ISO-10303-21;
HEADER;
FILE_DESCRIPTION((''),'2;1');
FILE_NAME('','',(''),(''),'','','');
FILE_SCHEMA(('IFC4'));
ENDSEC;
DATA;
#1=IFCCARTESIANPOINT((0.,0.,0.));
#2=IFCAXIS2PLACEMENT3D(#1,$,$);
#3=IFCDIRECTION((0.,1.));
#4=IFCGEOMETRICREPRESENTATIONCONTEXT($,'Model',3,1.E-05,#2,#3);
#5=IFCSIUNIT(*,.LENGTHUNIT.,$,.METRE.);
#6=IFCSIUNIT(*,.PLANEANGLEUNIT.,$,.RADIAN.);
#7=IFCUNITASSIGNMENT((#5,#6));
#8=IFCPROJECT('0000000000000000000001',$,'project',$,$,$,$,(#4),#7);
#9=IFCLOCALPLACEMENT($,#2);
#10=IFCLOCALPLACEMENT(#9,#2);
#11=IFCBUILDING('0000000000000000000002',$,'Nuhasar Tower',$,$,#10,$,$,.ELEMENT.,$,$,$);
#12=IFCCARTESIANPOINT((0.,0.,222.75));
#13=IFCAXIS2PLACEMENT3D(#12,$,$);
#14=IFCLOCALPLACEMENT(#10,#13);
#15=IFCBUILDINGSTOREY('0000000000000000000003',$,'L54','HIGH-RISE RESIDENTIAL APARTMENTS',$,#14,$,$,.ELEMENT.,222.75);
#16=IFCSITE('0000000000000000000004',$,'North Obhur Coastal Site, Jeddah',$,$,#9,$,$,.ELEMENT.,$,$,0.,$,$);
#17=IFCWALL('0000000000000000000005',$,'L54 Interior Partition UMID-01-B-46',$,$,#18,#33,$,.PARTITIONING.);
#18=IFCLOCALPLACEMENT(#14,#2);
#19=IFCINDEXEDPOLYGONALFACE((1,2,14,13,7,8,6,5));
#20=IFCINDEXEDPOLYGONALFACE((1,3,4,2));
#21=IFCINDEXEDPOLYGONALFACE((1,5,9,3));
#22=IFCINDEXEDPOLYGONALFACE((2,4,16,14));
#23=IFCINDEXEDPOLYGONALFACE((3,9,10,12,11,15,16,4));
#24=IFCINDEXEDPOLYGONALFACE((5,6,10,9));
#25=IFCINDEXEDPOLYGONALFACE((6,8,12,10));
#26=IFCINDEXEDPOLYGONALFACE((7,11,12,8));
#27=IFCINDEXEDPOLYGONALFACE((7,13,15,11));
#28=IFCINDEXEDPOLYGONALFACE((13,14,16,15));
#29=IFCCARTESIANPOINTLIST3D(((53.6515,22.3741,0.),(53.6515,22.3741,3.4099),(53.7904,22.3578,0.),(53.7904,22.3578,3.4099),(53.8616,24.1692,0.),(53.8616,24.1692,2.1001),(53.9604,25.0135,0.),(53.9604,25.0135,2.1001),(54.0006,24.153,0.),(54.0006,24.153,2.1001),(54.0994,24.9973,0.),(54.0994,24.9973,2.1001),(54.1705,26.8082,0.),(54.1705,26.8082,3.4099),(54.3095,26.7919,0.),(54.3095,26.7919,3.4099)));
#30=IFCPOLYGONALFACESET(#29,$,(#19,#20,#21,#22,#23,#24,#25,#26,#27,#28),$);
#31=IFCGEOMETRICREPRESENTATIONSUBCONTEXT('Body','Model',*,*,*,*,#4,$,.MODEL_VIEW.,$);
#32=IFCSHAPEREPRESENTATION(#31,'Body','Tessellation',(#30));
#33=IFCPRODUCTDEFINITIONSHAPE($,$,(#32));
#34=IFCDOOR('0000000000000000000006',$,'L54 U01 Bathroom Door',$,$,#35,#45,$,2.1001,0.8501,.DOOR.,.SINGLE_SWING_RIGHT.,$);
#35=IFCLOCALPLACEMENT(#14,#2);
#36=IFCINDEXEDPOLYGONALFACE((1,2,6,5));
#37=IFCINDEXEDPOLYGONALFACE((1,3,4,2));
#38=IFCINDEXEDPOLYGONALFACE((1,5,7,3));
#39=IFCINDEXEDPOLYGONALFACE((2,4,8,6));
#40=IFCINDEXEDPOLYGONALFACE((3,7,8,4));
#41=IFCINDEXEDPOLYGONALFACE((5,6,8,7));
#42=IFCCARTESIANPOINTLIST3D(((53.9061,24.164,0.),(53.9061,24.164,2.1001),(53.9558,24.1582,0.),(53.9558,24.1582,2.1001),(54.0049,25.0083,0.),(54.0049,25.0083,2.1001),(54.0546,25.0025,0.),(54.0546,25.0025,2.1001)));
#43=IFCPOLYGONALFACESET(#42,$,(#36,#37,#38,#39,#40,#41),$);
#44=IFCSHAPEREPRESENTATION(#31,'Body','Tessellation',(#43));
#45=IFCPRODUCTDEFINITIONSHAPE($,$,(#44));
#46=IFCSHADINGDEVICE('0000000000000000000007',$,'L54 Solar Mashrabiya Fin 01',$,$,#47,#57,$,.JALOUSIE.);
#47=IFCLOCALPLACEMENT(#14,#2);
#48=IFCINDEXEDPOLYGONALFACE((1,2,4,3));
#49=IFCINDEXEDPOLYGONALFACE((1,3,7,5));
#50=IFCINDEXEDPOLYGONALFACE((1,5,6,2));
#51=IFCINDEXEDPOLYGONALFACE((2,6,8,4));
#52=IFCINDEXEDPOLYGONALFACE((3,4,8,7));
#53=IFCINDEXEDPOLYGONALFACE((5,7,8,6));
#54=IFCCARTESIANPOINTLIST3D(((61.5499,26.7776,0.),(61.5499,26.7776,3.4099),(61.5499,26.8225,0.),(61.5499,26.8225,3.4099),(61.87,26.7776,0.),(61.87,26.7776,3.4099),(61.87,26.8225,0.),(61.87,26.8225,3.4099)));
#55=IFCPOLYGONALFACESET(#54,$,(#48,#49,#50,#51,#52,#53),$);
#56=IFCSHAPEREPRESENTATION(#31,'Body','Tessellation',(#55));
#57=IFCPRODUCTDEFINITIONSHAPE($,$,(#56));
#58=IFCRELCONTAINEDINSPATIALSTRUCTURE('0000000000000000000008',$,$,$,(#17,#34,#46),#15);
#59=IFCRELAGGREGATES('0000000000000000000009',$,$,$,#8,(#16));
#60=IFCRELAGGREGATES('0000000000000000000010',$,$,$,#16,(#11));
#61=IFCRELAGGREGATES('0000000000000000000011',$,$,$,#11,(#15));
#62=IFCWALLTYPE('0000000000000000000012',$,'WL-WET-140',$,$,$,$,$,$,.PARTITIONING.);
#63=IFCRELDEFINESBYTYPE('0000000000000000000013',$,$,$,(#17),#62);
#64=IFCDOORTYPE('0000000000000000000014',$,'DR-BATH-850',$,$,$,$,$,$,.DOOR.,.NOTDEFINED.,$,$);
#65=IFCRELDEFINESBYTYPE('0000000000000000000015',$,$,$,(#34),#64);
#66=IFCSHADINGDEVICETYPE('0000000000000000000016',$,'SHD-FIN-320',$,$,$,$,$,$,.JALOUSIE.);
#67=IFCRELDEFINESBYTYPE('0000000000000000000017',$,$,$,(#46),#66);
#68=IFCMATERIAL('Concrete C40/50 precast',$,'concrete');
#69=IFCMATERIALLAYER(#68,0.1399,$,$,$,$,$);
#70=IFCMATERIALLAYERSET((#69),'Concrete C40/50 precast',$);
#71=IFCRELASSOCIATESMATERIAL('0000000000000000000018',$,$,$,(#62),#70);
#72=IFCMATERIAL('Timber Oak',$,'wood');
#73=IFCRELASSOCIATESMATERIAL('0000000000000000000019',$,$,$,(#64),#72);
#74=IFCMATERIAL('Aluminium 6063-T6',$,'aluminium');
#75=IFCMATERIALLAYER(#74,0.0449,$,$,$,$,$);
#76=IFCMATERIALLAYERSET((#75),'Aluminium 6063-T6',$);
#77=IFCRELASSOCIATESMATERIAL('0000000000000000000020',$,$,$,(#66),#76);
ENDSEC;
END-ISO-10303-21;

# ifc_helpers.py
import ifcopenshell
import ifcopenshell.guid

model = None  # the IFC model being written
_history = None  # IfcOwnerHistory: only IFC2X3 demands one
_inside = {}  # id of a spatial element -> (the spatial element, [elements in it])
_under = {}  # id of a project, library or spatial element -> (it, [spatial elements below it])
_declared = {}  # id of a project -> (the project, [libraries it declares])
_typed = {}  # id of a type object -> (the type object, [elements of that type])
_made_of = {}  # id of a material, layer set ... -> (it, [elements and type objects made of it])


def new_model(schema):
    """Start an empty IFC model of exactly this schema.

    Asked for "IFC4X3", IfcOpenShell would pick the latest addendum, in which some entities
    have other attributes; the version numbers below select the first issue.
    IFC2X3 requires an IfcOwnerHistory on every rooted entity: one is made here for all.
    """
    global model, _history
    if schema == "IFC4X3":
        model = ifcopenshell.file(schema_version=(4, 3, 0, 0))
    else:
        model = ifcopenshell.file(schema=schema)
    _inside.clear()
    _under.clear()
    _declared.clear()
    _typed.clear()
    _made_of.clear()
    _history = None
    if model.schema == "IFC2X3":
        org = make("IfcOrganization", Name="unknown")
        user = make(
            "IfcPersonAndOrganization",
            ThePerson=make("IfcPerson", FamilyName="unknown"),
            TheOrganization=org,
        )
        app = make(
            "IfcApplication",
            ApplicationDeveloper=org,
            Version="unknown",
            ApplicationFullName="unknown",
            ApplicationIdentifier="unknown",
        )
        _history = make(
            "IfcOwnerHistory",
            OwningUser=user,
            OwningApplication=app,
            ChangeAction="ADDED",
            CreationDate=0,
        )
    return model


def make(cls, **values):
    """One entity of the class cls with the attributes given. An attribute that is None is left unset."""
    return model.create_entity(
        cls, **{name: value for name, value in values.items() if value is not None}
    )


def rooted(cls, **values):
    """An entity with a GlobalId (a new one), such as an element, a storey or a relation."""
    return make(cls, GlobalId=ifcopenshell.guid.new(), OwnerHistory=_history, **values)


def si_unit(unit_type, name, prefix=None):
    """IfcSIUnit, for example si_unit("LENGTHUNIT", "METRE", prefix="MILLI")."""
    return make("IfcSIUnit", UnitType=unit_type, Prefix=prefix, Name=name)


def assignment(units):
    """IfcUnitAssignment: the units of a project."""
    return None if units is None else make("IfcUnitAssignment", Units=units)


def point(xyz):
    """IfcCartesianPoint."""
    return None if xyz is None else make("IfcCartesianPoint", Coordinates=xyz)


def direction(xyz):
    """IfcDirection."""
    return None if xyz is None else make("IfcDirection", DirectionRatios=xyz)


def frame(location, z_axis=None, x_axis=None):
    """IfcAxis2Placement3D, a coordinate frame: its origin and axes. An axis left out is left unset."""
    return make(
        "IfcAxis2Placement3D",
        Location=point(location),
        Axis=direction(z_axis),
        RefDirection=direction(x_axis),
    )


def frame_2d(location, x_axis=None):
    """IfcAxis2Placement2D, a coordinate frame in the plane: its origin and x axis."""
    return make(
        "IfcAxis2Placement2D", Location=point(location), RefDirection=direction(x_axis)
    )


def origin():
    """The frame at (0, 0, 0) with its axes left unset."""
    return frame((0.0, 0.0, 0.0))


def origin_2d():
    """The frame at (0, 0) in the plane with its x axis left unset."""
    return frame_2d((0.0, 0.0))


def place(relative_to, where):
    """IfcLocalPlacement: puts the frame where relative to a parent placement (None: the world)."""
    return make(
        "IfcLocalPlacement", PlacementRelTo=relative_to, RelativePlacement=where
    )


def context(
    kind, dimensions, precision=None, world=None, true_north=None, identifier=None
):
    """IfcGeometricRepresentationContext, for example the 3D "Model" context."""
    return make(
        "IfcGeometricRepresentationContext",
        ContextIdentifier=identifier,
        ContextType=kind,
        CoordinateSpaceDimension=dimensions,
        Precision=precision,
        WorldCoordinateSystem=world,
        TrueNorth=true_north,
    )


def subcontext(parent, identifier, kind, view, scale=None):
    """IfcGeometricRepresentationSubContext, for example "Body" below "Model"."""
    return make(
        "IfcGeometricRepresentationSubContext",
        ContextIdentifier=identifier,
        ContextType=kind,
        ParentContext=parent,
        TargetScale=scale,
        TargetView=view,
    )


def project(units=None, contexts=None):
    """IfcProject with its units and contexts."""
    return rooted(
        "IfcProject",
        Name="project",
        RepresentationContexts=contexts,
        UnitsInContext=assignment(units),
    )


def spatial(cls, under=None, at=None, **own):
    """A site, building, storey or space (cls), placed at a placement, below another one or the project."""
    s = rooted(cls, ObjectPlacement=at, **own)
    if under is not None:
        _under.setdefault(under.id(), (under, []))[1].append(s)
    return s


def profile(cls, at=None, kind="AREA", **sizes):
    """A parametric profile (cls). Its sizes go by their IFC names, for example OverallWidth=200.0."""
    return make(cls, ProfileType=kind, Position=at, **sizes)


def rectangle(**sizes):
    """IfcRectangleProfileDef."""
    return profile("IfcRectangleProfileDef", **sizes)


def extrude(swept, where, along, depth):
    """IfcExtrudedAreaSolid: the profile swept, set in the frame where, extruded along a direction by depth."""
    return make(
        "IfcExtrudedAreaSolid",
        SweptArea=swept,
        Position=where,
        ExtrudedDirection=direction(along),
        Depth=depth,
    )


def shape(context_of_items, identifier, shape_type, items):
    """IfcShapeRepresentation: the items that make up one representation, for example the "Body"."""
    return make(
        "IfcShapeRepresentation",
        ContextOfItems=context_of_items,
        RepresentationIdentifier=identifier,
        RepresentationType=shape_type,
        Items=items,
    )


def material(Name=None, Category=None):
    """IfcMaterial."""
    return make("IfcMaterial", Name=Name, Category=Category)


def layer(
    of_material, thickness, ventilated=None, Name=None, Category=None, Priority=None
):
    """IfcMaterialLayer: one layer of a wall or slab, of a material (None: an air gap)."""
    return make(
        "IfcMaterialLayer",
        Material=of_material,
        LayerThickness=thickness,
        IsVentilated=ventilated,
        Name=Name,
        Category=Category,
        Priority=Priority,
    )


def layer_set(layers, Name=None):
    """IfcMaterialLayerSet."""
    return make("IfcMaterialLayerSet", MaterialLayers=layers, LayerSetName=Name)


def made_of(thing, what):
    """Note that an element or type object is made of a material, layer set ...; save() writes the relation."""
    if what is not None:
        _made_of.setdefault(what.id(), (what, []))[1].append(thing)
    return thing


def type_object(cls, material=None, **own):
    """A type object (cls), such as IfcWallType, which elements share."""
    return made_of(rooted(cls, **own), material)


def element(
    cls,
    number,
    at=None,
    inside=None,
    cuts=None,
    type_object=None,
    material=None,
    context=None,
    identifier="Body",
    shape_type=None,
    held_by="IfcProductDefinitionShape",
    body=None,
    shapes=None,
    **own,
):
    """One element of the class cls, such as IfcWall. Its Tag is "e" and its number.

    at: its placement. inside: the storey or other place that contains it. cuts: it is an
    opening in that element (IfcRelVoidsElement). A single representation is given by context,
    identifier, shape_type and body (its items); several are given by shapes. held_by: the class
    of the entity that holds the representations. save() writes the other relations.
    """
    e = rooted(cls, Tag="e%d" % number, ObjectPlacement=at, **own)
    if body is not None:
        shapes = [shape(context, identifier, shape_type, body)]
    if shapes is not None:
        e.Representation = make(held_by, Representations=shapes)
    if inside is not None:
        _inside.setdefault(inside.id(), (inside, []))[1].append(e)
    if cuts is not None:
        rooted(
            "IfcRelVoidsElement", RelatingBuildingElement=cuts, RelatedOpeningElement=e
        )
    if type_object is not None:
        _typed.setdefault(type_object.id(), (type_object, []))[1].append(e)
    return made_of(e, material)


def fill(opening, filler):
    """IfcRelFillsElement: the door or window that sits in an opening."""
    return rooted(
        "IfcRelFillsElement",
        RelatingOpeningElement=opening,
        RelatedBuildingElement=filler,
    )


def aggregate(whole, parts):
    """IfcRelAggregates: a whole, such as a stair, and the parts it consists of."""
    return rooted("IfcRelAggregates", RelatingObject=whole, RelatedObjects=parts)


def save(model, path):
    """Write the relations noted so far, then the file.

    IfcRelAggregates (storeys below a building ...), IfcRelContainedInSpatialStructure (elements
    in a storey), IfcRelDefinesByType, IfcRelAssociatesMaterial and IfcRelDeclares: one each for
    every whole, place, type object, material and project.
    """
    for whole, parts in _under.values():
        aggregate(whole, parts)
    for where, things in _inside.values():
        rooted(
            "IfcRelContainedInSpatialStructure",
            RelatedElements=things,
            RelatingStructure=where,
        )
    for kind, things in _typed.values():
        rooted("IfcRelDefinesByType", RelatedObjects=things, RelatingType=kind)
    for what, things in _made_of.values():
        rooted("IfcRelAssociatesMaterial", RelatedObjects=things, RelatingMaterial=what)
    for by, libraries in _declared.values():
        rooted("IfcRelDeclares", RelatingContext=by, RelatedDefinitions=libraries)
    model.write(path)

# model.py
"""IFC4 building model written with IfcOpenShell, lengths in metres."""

from ifc_helpers import new_model, si_unit, direction, frame, frame_2d, origin, origin_2d, place, context, subcontext, project, spatial, rectangle, extrude, material, layer, layer_set, type_object, element, fill, save


model = new_model("IFC4")

# Units and contexts
model_context = context("Model", 3, precision=1e-05, world=origin(), true_north=direction((0.0, 1.0)))
body_context = subcontext(model_context, "Body", "Model", "MODEL_VIEW")
ifc_project = project(units=[si_unit("LENGTHUNIT", "METRE"), si_unit("PLANEANGLEUNIT", "RADIAN")], contexts=[model_context])

# Site, building, storey
site_placement = place(None, origin())
site = spatial("IfcSite", under=ifc_project, at=site_placement, Name="North Obhur Coastal Site, Jeddah", CompositionType="ELEMENT", RefElevation=0.0)
building_placement = place(site_placement, origin())
building = spatial("IfcBuilding", under=site, at=building_placement, Name="Nuhasar Tower", CompositionType="ELEMENT")
storey_placement = place(building_placement, frame((0.0, 0.0, 222.75)))
storey = spatial("IfcBuildingStorey", under=building, at=storey_placement, Name="L54", Description="HIGH-RISE RESIDENTIAL APARTMENTS", CompositionType="ELEMENT", Elevation=222.75)

# Shared definitions
ifc_material_1 = material(Name="Aluminium 6063-T6", Category="aluminium")

# Shared definitions
ifc_material_2 = material(Name="Timber Oak", Category="wood")

# Shared definitions
ifc_material_3 = material(Name="Concrete C40/50 precast", Category="concrete")

# Wall, opening, door
ifc_layer_1 = layer(ifc_material_3, 0.1399)
ifc_layer_set_1 = layer_set([ifc_layer_1], Name="Concrete C40/50 precast")
wall_type_1 = type_object("IfcWallType", Name="WL-WET-140", PredefinedType="PARTITIONING", material=ifc_layer_set_1)
wall_1_placement = place(storey_placement, frame((54.24, 26.8, 0.0), z_axis=(0.0, 0.0, 1.0), x_axis=(-0.116264, -0.993218, 0.0)))
wall_1 = element("IfcWall", 1, at=wall_1_placement, inside=storey, type_object=wall_type_1, Name="L54 Interior Partition UMID-01-B-46", PredefinedType="PARTITIONING", context=body_context, shape_type="SweptSolid", body=[
    extrude(rectangle(XDim=4.4644, YDim=0.1399, at=frame_2d((2.2322, 0.0))), origin(), (0.0, 0.0, 1.0), 3.4099),
])
opening_1_placement = place(wall_1_placement, frame((1.8069, 0.0, 0.0)))
opening_1 = element("IfcOpeningElement", 2, at=opening_1_placement, cuts=wall_1, PredefinedType="OPENING", context=body_context, shape_type="SweptSolid", body=[
    extrude(rectangle(XDim=0.8501, YDim=2.1001, at=frame_2d((0.425, 1.05))), frame((0.0, 0.0801, 0.0), z_axis=(0.0, -1.0, 0.0), x_axis=(1.0, 0.0, 0.0)), (0.0, 0.0, 1.0), 0.1599),
])
door_type_1 = type_object("IfcDoorType", Name="DR-BATH-850", OperationType="NOTDEFINED", PredefinedType="DOOR", material=ifc_material_2)
door_1_placement = place(opening_1_placement, origin())
door_1 = element("IfcDoor", 3, at=door_1_placement, inside=storey, type_object=door_type_1, Name="L54 U01 Bathroom Door", OperationType="SINGLE_SWING_RIGHT", OverallHeight=2.1001, OverallWidth=0.8501, PredefinedType="DOOR", context=body_context, shape_type="SweptSolid", body=[
    extrude(rectangle(XDim=0.8501, YDim=2.1001, at=frame_2d((0.425, 1.05))), frame((0.0, 0.0249, 0.0), z_axis=(0.0, -1.0, 0.0), x_axis=(1.0, 0.0, 0.0)), (0.0, 0.0, 1.0), 0.05),
])
fill(opening_1, door_1)

# Shading device
ifc_layer_2 = layer(ifc_material_1, 0.0449)
ifc_layer_set_2 = layer_set([ifc_layer_2], Name="Aluminium 6063-T6")
shading_device_type = type_object("IfcShadingDeviceType", Name="SHD-FIN-320", PredefinedType="JALOUSIE", material=ifc_layer_set_2)
shading_device_placement = place(storey_placement, frame((61.71, 26.8, 0.0), z_axis=(0.0, 0.0, 1.0), x_axis=(1.0, 0.0, 0.0)))
element("IfcShadingDevice", 4, at=shading_device_placement, inside=storey, type_object=shading_device_type, Name="L54 Solar Mashrabiya Fin 01", PredefinedType="JALOUSIE", context=body_context, shape_type="SweptSolid", body=[
    extrude(rectangle(XDim=0.3201, YDim=0.0449, at=origin_2d()), origin(), (0.0, 0.0, 1.0), 3.4099),
])

save(model, "model.ifc")
